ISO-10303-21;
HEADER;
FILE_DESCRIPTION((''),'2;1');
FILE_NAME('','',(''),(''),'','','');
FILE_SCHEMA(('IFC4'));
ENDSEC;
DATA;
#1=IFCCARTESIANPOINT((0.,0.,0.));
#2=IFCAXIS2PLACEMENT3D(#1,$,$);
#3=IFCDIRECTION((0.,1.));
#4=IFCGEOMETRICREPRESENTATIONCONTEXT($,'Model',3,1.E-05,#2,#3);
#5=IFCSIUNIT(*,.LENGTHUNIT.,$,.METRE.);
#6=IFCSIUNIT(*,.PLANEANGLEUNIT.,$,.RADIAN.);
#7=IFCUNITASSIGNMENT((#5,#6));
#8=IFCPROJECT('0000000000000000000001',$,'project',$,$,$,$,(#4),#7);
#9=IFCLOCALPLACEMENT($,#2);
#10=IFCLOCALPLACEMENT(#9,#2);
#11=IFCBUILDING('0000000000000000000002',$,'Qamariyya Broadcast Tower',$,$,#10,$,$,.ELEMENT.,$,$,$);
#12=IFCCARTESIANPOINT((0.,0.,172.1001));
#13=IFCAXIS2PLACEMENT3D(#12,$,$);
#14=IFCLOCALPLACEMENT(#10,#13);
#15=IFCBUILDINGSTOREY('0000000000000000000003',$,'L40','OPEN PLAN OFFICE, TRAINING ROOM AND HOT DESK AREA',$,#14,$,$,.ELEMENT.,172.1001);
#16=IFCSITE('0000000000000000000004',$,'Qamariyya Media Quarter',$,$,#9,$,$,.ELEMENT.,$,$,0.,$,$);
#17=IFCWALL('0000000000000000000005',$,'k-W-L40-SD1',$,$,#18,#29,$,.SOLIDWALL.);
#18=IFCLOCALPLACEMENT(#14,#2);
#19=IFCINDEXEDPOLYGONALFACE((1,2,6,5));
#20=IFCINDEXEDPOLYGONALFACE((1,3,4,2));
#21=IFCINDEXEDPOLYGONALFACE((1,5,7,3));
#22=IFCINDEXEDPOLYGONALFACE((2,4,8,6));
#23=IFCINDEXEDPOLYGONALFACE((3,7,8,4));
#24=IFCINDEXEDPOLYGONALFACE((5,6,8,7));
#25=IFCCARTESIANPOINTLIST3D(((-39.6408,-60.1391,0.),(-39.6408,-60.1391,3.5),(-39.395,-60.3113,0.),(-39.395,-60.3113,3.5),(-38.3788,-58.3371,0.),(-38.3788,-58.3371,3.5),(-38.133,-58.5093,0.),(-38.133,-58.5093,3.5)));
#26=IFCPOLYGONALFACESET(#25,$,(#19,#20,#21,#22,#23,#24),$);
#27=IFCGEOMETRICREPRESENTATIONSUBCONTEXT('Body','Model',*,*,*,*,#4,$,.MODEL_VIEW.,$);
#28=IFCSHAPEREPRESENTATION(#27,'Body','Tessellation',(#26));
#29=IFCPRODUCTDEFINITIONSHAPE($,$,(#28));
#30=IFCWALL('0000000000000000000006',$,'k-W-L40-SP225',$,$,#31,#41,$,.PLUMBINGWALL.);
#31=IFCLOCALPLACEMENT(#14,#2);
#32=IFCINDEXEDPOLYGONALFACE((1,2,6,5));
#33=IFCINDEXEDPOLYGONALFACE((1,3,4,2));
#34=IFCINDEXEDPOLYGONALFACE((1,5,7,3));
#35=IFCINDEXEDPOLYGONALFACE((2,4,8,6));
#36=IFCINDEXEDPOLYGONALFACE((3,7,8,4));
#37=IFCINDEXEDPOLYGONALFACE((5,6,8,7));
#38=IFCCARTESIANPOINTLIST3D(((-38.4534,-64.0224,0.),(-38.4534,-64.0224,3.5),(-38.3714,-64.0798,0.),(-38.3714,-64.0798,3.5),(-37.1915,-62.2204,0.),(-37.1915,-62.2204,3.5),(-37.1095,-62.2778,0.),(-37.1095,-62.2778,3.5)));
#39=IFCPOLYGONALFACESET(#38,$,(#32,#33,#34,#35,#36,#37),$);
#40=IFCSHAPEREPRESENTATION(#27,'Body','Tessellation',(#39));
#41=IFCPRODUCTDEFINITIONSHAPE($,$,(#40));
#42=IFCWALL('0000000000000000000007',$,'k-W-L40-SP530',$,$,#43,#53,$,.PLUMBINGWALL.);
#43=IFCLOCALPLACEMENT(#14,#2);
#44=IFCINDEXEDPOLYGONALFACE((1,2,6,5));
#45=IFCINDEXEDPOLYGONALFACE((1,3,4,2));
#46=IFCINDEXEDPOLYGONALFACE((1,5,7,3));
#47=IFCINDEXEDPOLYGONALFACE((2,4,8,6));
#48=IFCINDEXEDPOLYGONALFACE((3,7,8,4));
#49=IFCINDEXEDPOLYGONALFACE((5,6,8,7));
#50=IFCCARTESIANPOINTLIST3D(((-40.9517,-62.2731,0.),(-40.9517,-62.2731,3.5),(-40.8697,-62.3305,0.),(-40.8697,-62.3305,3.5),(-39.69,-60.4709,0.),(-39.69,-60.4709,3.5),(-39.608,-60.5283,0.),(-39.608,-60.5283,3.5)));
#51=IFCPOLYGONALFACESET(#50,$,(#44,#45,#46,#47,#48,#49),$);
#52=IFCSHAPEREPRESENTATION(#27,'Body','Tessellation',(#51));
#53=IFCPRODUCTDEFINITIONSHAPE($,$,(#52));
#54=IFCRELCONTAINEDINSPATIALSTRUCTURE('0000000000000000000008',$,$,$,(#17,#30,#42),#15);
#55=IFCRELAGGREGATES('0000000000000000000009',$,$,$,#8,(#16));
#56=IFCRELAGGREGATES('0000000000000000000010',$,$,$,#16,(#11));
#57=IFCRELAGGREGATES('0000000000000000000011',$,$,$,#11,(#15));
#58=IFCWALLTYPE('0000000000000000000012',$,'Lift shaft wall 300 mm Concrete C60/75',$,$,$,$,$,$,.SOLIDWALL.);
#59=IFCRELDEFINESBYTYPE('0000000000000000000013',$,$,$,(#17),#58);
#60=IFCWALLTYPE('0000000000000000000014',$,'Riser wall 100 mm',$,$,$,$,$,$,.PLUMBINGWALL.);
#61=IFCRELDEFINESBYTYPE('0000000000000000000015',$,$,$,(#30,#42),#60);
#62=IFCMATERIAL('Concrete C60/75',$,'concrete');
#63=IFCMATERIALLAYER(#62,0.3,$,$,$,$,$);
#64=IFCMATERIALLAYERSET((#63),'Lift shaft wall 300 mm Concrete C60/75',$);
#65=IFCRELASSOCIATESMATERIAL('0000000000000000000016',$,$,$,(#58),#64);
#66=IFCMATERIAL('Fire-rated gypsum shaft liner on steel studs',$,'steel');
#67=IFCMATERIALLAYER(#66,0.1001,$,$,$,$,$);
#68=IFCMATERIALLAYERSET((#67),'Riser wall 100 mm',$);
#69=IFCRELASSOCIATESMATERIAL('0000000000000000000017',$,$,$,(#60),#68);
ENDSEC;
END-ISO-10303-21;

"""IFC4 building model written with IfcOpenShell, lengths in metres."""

from ifc_helpers import new_model, si_unit, direction, frame, frame_2d, origin, place, context, subcontext, project, spatial, rectangle, extrude, material, layer, layer_set, type_object, element, save


model = new_model("IFC4")

# Units and contexts
model_context = context("Model", 3, precision=1e-05, world=origin(), true_north=direction((0.0, 1.0)))
body_context = subcontext(model_context, "Body", "Model", "MODEL_VIEW")
ifc_project = project(units=[si_unit("LENGTHUNIT", "METRE"), si_unit("PLANEANGLEUNIT", "RADIAN")], contexts=[model_context])

# Site, building, storey
site_placement = place(None, origin())
site = spatial("IfcSite", under=ifc_project, at=site_placement, Name="Qamariyya Media Quarter", CompositionType="ELEMENT", RefElevation=0.0)
building_placement = place(site_placement, origin())
building = spatial("IfcBuilding", under=site, at=building_placement, Name="Qamariyya Broadcast Tower", CompositionType="ELEMENT")
storey_placement = place(building_placement, frame((0.0, 0.0, 172.1001)))
storey = spatial("IfcBuildingStorey", under=building, at=storey_placement, Name="L40", Description="OPEN PLAN OFFICE, TRAINING ROOM AND HOT DESK AREA", CompositionType="ELEMENT", Elevation=172.1001)

# Shared definitions
ifc_material_1 = material(Name="Concrete C60/75", Category="concrete")

# Shared definitions
ifc_layer_1 = layer(ifc_material_1, 0.3)
ifc_layer_set_1 = layer_set([ifc_layer_1], Name="Lift shaft wall 300 mm Concrete C60/75")
wall_type_1 = type_object("IfcWallType", Name="Lift shaft wall 300 mm Concrete C60/75", PredefinedType="SOLIDWALL", material=ifc_layer_set_1)

# Walls
wall_1_placement = place(storey_placement, frame((-38.2559, -58.4231, 0.0), z_axis=(0.0, 0.0, 1.0), x_axis=(-0.573634, -0.819112, 0.0)))
element("IfcWall", 1, at=wall_1_placement, inside=storey, type_object=wall_type_1, Name="k-W-L40-SD1", PredefinedType="SOLIDWALL", context=body_context, shape_type="SweptSolid", body=[
    extrude(rectangle(XDim=2.2, YDim=0.3, at=frame_2d((1.1001, 0.0))), origin(), (0.0, 0.0, 1.0), 3.5),
])
ifc_material_2 = material(Name="Fire-rated gypsum shaft liner on steel studs", Category="steel")
ifc_layer_2 = layer(ifc_material_2, 0.1001)
ifc_layer_set_2 = layer_set([ifc_layer_2], Name="Riser wall 100 mm")
wall_type_2 = type_object("IfcWallType", Name="Riser wall 100 mm", PredefinedType="PLUMBINGWALL", material=ifc_layer_set_2)
for number, where, z_axis, x_axis, name in (
    (2, (-37.1504, -62.249, 0.0), (0.0, 0.0, 1.0), (-0.573634, -0.819112, 0.0), "k-W-L40-SP225"),
    (3, (-39.6489, -60.4995, 0.0), (0.0, 0.0, 1.0), (-0.573507, -0.819201, 0.0), "k-W-L40-SP530"),
):
    element("IfcWall", number, at=place(storey_placement, frame(where, z_axis=z_axis, x_axis=x_axis)), inside=storey, type_object=wall_type_2, Name=name, PredefinedType="PLUMBINGWALL", context=body_context, shape_type="SweptSolid", body=[
        extrude(rectangle(XDim=2.2, YDim=0.1001, at=frame_2d((1.1001, 0.0))), origin(), (0.0, 0.0, 1.0), 3.5),
    ])

save(model, "model.ifc")
